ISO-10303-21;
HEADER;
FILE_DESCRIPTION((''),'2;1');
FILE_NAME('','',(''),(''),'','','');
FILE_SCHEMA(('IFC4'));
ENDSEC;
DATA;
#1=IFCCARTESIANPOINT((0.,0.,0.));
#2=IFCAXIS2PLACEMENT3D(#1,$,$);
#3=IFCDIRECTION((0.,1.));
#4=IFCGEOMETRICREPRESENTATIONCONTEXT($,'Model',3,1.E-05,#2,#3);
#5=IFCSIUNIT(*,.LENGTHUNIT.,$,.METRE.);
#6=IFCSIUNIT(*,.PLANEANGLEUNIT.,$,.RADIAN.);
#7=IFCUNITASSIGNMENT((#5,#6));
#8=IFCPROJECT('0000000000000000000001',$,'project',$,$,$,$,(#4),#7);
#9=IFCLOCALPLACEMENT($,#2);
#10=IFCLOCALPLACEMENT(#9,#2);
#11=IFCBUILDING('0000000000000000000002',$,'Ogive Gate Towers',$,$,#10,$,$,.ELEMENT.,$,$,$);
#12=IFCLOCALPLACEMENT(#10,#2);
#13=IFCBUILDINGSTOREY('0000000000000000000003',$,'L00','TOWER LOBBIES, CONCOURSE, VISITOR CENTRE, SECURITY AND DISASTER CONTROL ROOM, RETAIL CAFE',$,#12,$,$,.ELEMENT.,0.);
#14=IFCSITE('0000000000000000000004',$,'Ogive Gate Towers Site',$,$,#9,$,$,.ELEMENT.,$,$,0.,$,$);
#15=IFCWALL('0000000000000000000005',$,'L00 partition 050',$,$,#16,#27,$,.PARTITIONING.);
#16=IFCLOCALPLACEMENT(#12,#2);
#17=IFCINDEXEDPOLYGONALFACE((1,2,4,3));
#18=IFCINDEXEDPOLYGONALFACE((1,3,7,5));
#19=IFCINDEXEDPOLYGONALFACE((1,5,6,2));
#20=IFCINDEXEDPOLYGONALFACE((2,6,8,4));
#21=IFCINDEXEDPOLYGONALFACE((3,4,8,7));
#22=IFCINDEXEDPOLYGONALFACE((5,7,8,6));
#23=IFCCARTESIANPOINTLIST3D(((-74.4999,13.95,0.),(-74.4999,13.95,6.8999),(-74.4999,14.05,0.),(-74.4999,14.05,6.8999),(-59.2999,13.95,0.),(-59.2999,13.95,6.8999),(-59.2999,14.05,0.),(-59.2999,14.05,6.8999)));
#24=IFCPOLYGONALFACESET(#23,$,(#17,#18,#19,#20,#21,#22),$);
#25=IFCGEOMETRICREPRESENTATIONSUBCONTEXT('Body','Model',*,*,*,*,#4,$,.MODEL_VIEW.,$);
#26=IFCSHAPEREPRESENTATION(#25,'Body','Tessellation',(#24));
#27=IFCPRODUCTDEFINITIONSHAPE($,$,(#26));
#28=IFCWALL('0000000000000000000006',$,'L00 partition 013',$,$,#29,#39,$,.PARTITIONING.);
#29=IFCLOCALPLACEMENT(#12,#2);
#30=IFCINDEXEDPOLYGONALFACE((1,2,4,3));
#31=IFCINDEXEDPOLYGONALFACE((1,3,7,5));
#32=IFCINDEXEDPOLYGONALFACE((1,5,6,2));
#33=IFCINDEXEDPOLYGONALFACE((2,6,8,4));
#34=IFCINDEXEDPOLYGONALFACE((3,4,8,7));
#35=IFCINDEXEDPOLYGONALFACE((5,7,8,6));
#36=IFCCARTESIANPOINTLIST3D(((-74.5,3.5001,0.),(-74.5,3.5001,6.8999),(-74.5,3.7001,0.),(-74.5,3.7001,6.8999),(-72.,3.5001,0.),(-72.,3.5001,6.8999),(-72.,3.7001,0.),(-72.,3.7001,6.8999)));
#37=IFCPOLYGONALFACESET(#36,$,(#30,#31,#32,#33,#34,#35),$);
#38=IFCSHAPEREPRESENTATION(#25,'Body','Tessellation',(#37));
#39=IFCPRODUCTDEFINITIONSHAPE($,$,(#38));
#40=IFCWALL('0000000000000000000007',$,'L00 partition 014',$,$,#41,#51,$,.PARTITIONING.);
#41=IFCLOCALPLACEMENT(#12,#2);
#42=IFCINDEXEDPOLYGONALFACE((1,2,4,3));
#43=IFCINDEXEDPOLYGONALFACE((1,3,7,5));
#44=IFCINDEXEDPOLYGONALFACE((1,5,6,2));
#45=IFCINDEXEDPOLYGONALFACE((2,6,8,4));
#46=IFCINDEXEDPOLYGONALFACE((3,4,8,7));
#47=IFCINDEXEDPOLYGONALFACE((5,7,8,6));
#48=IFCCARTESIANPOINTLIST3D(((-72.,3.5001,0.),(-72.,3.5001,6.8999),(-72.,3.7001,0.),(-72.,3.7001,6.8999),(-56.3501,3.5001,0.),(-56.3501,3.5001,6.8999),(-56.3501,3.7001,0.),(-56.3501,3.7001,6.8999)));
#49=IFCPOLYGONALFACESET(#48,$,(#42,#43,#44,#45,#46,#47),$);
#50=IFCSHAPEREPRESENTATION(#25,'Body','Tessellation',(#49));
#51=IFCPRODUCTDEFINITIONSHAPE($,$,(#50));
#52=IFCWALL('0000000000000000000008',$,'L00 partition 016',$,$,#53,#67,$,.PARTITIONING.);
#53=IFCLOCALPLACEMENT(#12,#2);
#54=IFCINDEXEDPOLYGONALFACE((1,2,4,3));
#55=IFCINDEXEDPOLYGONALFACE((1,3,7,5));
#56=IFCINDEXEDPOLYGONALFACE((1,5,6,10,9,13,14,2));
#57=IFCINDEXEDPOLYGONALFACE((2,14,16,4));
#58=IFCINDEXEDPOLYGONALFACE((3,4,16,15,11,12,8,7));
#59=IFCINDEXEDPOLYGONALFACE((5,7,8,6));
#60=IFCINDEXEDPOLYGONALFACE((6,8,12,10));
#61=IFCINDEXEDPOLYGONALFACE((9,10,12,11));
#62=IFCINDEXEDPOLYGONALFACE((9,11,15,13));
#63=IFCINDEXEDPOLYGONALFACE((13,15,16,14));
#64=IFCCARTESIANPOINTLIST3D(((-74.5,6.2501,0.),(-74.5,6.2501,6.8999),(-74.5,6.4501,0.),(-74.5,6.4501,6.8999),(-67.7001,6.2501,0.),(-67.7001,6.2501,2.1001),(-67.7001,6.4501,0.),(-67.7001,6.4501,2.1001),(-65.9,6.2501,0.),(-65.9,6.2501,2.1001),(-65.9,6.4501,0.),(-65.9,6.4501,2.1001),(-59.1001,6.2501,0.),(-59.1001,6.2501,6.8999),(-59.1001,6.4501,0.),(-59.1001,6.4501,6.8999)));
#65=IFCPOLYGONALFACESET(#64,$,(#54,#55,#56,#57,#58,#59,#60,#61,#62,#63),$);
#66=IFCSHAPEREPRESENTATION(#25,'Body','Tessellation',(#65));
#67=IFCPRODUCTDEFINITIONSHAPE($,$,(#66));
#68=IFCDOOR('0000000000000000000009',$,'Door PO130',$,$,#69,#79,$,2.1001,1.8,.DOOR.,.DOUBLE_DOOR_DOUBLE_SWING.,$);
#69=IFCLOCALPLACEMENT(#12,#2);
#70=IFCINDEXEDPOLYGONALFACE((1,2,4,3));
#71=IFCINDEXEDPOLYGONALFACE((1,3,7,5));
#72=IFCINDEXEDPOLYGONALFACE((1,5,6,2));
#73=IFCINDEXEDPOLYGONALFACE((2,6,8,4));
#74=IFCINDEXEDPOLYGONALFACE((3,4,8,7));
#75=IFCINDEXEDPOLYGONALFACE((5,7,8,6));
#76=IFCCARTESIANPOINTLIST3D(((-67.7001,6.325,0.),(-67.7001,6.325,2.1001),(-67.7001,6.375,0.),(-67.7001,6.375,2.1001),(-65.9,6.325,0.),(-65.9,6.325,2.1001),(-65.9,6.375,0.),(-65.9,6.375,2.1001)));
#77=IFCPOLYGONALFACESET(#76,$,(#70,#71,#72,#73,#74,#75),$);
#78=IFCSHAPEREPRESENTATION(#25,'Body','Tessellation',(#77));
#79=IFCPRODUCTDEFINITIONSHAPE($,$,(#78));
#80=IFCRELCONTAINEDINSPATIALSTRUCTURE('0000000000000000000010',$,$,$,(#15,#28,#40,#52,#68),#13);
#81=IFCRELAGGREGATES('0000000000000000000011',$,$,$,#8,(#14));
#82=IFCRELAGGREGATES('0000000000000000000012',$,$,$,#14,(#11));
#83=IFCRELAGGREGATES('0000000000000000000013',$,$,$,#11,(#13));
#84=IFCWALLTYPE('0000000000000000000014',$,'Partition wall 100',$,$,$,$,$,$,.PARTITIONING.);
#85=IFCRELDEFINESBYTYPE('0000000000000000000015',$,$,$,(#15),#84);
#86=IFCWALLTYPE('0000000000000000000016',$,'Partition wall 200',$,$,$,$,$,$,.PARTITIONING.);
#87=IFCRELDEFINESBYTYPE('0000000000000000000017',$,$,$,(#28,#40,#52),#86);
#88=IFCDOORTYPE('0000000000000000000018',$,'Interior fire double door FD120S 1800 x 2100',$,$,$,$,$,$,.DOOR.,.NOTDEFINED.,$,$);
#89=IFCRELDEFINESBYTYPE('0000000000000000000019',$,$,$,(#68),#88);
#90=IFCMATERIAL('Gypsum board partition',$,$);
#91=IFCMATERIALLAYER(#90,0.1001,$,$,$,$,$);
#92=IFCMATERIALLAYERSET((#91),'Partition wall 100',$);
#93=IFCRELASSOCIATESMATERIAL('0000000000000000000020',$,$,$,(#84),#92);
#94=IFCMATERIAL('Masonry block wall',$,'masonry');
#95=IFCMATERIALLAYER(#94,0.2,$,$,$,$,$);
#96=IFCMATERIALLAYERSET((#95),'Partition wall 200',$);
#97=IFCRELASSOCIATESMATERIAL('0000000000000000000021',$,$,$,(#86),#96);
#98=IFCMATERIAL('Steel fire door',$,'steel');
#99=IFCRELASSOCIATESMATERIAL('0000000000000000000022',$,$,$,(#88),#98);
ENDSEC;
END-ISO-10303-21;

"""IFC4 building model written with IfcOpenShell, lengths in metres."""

from ifc_helpers import new_model, si_unit, direction, frame, frame_2d, origin, place, context, subcontext, project, spatial, rectangle, extrude, material, layer, layer_set, type_object, element, fill, save


model = new_model("IFC4")

# Units and contexts
model_context = context("Model", 3, precision=1e-05, world=origin(), true_north=direction((0.0, 1.0)))
body_context = subcontext(model_context, "Body", "Model", "MODEL_VIEW")
ifc_project = project(units=[si_unit("LENGTHUNIT", "METRE"), si_unit("PLANEANGLEUNIT", "RADIAN")], contexts=[model_context])

# Site, building, storey
site_placement = place(None, origin())
site = spatial("IfcSite", under=ifc_project, at=site_placement, Name="Ogive Gate Towers Site", CompositionType="ELEMENT", RefElevation=0.0)
building_placement = place(site_placement, origin())
building = spatial("IfcBuilding", under=site, at=building_placement, Name="Ogive Gate Towers", CompositionType="ELEMENT")
storey_placement = place(building_placement, origin())
storey = spatial("IfcBuildingStorey", under=building, at=storey_placement, Name="L00", Description="TOWER LOBBIES, CONCOURSE, VISITOR CENTRE, SECURITY AND DISASTER CONTROL ROOM, RETAIL CAFE", CompositionType="ELEMENT", Elevation=0.0)

# Walls
ifc_material_1 = material(Name="Gypsum board partition")
ifc_layer_1 = layer(ifc_material_1, 0.1001)
ifc_layer_set_1 = layer_set([ifc_layer_1], Name="Partition wall 100")
wall_type_1 = type_object("IfcWallType", Name="Partition wall 100", PredefinedType="PARTITIONING", material=ifc_layer_set_1)
wall_1_placement = place(storey_placement, frame((-74.5, 14.0, 0.0), z_axis=(0.0, 0.0, 1.0), x_axis=(1.0, 0.0, 0.0)))
element("IfcWall", 1, at=wall_1_placement, inside=storey, type_object=wall_type_1, Name="L00 partition 050", PredefinedType="PARTITIONING", context=body_context, shape_type="SweptSolid", body=[
    extrude(rectangle(XDim=15.2, YDim=0.1001, at=frame_2d((7.6001, 0.0))), origin(), (0.0, 0.0, 1.0), 6.8999),
])
ifc_material_2 = material(Name="Masonry block wall", Category="masonry")
ifc_layer_2 = layer(ifc_material_2, 0.2)
ifc_layer_set_2 = layer_set([ifc_layer_2], Name="Partition wall 200")
wall_type_2 = type_object("IfcWallType", Name="Partition wall 200", PredefinedType="PARTITIONING", material=ifc_layer_set_2)
wall_2_placement = place(storey_placement, frame((-74.5, 3.6001, 0.0), z_axis=(0.0, 0.0, 1.0), x_axis=(1.0, 0.0, 0.0)))
element("IfcWall", 2, at=wall_2_placement, inside=storey, type_object=wall_type_2, Name="L00 partition 013", PredefinedType="PARTITIONING", context=body_context, shape_type="SweptSolid", body=[
    extrude(rectangle(XDim=2.5, YDim=0.2, at=frame_2d((1.25, 0.0))), origin(), (0.0, 0.0, 1.0), 6.8999),
])
wall_3_placement = place(storey_placement, frame((-72.0, 3.6001, 0.0), z_axis=(0.0, 0.0, 1.0), x_axis=(1.0, 0.0, 0.0)))
element("IfcWall", 3, at=wall_3_placement, inside=storey, type_object=wall_type_2, Name="L00 partition 014", PredefinedType="PARTITIONING", context=body_context, shape_type="SweptSolid", body=[
    extrude(rectangle(XDim=15.6499, YDim=0.2, at=frame_2d((7.825, 0.0))), origin(), (0.0, 0.0, 1.0), 6.8999),
])

# Wall, opening, door
wall_4_placement = place(storey_placement, frame((-74.5, 6.3501, 0.0), z_axis=(0.0, 0.0, 1.0), x_axis=(1.0, 0.0, 0.0)))
wall_4 = element("IfcWall", 4, at=wall_4_placement, inside=storey, type_object=wall_type_2, Name="L00 partition 016", PredefinedType="PARTITIONING", context=body_context, shape_type="SweptSolid", body=[
    extrude(rectangle(XDim=15.3999, YDim=0.2, at=frame_2d((7.7, 0.0))), origin(), (0.0, 0.0, 1.0), 6.8999),
])
opening_1_placement = place(wall_4_placement, frame((6.8, 0.0, 0.0)))
opening_1 = element("IfcOpeningElement", 5, at=opening_1_placement, cuts=wall_4, PredefinedType="OPENING", context=body_context, shape_type="SweptSolid", body=[
    extrude(rectangle(XDim=1.8, YDim=2.1001, at=frame_2d((0.8999, 1.05))), frame((0.0, 0.1099, 0.0), z_axis=(0.0, -1.0, 0.0), x_axis=(1.0, 0.0, 0.0)), (0.0, 0.0, 1.0), 0.22),
])
ifc_material_3 = material(Name="Steel fire door", Category="steel")
door_type_1 = type_object("IfcDoorType", Name="Interior fire double door FD120S 1800 x 2100", OperationType="NOTDEFINED", PredefinedType="DOOR", material=ifc_material_3)
door_1_placement = place(opening_1_placement, origin())
door_1 = element("IfcDoor", 6, at=door_1_placement, inside=storey, type_object=door_type_1, Name="Door PO130", OperationType="DOUBLE_DOOR_DOUBLE_SWING", OverallHeight=2.1001, OverallWidth=1.8, PredefinedType="DOOR", context=body_context, shape_type="SweptSolid", body=[
    extrude(rectangle(XDim=1.8, YDim=2.1001, at=frame_2d((0.8999, 1.05))), frame((0.0, 0.0249, 0.0), z_axis=(0.0, -1.0, 0.0), x_axis=(1.0, 0.0, 0.0)), (0.0, 0.0, 1.0), 0.05),
])
fill(opening_1, door_1)

save(model, "model.ifc")
